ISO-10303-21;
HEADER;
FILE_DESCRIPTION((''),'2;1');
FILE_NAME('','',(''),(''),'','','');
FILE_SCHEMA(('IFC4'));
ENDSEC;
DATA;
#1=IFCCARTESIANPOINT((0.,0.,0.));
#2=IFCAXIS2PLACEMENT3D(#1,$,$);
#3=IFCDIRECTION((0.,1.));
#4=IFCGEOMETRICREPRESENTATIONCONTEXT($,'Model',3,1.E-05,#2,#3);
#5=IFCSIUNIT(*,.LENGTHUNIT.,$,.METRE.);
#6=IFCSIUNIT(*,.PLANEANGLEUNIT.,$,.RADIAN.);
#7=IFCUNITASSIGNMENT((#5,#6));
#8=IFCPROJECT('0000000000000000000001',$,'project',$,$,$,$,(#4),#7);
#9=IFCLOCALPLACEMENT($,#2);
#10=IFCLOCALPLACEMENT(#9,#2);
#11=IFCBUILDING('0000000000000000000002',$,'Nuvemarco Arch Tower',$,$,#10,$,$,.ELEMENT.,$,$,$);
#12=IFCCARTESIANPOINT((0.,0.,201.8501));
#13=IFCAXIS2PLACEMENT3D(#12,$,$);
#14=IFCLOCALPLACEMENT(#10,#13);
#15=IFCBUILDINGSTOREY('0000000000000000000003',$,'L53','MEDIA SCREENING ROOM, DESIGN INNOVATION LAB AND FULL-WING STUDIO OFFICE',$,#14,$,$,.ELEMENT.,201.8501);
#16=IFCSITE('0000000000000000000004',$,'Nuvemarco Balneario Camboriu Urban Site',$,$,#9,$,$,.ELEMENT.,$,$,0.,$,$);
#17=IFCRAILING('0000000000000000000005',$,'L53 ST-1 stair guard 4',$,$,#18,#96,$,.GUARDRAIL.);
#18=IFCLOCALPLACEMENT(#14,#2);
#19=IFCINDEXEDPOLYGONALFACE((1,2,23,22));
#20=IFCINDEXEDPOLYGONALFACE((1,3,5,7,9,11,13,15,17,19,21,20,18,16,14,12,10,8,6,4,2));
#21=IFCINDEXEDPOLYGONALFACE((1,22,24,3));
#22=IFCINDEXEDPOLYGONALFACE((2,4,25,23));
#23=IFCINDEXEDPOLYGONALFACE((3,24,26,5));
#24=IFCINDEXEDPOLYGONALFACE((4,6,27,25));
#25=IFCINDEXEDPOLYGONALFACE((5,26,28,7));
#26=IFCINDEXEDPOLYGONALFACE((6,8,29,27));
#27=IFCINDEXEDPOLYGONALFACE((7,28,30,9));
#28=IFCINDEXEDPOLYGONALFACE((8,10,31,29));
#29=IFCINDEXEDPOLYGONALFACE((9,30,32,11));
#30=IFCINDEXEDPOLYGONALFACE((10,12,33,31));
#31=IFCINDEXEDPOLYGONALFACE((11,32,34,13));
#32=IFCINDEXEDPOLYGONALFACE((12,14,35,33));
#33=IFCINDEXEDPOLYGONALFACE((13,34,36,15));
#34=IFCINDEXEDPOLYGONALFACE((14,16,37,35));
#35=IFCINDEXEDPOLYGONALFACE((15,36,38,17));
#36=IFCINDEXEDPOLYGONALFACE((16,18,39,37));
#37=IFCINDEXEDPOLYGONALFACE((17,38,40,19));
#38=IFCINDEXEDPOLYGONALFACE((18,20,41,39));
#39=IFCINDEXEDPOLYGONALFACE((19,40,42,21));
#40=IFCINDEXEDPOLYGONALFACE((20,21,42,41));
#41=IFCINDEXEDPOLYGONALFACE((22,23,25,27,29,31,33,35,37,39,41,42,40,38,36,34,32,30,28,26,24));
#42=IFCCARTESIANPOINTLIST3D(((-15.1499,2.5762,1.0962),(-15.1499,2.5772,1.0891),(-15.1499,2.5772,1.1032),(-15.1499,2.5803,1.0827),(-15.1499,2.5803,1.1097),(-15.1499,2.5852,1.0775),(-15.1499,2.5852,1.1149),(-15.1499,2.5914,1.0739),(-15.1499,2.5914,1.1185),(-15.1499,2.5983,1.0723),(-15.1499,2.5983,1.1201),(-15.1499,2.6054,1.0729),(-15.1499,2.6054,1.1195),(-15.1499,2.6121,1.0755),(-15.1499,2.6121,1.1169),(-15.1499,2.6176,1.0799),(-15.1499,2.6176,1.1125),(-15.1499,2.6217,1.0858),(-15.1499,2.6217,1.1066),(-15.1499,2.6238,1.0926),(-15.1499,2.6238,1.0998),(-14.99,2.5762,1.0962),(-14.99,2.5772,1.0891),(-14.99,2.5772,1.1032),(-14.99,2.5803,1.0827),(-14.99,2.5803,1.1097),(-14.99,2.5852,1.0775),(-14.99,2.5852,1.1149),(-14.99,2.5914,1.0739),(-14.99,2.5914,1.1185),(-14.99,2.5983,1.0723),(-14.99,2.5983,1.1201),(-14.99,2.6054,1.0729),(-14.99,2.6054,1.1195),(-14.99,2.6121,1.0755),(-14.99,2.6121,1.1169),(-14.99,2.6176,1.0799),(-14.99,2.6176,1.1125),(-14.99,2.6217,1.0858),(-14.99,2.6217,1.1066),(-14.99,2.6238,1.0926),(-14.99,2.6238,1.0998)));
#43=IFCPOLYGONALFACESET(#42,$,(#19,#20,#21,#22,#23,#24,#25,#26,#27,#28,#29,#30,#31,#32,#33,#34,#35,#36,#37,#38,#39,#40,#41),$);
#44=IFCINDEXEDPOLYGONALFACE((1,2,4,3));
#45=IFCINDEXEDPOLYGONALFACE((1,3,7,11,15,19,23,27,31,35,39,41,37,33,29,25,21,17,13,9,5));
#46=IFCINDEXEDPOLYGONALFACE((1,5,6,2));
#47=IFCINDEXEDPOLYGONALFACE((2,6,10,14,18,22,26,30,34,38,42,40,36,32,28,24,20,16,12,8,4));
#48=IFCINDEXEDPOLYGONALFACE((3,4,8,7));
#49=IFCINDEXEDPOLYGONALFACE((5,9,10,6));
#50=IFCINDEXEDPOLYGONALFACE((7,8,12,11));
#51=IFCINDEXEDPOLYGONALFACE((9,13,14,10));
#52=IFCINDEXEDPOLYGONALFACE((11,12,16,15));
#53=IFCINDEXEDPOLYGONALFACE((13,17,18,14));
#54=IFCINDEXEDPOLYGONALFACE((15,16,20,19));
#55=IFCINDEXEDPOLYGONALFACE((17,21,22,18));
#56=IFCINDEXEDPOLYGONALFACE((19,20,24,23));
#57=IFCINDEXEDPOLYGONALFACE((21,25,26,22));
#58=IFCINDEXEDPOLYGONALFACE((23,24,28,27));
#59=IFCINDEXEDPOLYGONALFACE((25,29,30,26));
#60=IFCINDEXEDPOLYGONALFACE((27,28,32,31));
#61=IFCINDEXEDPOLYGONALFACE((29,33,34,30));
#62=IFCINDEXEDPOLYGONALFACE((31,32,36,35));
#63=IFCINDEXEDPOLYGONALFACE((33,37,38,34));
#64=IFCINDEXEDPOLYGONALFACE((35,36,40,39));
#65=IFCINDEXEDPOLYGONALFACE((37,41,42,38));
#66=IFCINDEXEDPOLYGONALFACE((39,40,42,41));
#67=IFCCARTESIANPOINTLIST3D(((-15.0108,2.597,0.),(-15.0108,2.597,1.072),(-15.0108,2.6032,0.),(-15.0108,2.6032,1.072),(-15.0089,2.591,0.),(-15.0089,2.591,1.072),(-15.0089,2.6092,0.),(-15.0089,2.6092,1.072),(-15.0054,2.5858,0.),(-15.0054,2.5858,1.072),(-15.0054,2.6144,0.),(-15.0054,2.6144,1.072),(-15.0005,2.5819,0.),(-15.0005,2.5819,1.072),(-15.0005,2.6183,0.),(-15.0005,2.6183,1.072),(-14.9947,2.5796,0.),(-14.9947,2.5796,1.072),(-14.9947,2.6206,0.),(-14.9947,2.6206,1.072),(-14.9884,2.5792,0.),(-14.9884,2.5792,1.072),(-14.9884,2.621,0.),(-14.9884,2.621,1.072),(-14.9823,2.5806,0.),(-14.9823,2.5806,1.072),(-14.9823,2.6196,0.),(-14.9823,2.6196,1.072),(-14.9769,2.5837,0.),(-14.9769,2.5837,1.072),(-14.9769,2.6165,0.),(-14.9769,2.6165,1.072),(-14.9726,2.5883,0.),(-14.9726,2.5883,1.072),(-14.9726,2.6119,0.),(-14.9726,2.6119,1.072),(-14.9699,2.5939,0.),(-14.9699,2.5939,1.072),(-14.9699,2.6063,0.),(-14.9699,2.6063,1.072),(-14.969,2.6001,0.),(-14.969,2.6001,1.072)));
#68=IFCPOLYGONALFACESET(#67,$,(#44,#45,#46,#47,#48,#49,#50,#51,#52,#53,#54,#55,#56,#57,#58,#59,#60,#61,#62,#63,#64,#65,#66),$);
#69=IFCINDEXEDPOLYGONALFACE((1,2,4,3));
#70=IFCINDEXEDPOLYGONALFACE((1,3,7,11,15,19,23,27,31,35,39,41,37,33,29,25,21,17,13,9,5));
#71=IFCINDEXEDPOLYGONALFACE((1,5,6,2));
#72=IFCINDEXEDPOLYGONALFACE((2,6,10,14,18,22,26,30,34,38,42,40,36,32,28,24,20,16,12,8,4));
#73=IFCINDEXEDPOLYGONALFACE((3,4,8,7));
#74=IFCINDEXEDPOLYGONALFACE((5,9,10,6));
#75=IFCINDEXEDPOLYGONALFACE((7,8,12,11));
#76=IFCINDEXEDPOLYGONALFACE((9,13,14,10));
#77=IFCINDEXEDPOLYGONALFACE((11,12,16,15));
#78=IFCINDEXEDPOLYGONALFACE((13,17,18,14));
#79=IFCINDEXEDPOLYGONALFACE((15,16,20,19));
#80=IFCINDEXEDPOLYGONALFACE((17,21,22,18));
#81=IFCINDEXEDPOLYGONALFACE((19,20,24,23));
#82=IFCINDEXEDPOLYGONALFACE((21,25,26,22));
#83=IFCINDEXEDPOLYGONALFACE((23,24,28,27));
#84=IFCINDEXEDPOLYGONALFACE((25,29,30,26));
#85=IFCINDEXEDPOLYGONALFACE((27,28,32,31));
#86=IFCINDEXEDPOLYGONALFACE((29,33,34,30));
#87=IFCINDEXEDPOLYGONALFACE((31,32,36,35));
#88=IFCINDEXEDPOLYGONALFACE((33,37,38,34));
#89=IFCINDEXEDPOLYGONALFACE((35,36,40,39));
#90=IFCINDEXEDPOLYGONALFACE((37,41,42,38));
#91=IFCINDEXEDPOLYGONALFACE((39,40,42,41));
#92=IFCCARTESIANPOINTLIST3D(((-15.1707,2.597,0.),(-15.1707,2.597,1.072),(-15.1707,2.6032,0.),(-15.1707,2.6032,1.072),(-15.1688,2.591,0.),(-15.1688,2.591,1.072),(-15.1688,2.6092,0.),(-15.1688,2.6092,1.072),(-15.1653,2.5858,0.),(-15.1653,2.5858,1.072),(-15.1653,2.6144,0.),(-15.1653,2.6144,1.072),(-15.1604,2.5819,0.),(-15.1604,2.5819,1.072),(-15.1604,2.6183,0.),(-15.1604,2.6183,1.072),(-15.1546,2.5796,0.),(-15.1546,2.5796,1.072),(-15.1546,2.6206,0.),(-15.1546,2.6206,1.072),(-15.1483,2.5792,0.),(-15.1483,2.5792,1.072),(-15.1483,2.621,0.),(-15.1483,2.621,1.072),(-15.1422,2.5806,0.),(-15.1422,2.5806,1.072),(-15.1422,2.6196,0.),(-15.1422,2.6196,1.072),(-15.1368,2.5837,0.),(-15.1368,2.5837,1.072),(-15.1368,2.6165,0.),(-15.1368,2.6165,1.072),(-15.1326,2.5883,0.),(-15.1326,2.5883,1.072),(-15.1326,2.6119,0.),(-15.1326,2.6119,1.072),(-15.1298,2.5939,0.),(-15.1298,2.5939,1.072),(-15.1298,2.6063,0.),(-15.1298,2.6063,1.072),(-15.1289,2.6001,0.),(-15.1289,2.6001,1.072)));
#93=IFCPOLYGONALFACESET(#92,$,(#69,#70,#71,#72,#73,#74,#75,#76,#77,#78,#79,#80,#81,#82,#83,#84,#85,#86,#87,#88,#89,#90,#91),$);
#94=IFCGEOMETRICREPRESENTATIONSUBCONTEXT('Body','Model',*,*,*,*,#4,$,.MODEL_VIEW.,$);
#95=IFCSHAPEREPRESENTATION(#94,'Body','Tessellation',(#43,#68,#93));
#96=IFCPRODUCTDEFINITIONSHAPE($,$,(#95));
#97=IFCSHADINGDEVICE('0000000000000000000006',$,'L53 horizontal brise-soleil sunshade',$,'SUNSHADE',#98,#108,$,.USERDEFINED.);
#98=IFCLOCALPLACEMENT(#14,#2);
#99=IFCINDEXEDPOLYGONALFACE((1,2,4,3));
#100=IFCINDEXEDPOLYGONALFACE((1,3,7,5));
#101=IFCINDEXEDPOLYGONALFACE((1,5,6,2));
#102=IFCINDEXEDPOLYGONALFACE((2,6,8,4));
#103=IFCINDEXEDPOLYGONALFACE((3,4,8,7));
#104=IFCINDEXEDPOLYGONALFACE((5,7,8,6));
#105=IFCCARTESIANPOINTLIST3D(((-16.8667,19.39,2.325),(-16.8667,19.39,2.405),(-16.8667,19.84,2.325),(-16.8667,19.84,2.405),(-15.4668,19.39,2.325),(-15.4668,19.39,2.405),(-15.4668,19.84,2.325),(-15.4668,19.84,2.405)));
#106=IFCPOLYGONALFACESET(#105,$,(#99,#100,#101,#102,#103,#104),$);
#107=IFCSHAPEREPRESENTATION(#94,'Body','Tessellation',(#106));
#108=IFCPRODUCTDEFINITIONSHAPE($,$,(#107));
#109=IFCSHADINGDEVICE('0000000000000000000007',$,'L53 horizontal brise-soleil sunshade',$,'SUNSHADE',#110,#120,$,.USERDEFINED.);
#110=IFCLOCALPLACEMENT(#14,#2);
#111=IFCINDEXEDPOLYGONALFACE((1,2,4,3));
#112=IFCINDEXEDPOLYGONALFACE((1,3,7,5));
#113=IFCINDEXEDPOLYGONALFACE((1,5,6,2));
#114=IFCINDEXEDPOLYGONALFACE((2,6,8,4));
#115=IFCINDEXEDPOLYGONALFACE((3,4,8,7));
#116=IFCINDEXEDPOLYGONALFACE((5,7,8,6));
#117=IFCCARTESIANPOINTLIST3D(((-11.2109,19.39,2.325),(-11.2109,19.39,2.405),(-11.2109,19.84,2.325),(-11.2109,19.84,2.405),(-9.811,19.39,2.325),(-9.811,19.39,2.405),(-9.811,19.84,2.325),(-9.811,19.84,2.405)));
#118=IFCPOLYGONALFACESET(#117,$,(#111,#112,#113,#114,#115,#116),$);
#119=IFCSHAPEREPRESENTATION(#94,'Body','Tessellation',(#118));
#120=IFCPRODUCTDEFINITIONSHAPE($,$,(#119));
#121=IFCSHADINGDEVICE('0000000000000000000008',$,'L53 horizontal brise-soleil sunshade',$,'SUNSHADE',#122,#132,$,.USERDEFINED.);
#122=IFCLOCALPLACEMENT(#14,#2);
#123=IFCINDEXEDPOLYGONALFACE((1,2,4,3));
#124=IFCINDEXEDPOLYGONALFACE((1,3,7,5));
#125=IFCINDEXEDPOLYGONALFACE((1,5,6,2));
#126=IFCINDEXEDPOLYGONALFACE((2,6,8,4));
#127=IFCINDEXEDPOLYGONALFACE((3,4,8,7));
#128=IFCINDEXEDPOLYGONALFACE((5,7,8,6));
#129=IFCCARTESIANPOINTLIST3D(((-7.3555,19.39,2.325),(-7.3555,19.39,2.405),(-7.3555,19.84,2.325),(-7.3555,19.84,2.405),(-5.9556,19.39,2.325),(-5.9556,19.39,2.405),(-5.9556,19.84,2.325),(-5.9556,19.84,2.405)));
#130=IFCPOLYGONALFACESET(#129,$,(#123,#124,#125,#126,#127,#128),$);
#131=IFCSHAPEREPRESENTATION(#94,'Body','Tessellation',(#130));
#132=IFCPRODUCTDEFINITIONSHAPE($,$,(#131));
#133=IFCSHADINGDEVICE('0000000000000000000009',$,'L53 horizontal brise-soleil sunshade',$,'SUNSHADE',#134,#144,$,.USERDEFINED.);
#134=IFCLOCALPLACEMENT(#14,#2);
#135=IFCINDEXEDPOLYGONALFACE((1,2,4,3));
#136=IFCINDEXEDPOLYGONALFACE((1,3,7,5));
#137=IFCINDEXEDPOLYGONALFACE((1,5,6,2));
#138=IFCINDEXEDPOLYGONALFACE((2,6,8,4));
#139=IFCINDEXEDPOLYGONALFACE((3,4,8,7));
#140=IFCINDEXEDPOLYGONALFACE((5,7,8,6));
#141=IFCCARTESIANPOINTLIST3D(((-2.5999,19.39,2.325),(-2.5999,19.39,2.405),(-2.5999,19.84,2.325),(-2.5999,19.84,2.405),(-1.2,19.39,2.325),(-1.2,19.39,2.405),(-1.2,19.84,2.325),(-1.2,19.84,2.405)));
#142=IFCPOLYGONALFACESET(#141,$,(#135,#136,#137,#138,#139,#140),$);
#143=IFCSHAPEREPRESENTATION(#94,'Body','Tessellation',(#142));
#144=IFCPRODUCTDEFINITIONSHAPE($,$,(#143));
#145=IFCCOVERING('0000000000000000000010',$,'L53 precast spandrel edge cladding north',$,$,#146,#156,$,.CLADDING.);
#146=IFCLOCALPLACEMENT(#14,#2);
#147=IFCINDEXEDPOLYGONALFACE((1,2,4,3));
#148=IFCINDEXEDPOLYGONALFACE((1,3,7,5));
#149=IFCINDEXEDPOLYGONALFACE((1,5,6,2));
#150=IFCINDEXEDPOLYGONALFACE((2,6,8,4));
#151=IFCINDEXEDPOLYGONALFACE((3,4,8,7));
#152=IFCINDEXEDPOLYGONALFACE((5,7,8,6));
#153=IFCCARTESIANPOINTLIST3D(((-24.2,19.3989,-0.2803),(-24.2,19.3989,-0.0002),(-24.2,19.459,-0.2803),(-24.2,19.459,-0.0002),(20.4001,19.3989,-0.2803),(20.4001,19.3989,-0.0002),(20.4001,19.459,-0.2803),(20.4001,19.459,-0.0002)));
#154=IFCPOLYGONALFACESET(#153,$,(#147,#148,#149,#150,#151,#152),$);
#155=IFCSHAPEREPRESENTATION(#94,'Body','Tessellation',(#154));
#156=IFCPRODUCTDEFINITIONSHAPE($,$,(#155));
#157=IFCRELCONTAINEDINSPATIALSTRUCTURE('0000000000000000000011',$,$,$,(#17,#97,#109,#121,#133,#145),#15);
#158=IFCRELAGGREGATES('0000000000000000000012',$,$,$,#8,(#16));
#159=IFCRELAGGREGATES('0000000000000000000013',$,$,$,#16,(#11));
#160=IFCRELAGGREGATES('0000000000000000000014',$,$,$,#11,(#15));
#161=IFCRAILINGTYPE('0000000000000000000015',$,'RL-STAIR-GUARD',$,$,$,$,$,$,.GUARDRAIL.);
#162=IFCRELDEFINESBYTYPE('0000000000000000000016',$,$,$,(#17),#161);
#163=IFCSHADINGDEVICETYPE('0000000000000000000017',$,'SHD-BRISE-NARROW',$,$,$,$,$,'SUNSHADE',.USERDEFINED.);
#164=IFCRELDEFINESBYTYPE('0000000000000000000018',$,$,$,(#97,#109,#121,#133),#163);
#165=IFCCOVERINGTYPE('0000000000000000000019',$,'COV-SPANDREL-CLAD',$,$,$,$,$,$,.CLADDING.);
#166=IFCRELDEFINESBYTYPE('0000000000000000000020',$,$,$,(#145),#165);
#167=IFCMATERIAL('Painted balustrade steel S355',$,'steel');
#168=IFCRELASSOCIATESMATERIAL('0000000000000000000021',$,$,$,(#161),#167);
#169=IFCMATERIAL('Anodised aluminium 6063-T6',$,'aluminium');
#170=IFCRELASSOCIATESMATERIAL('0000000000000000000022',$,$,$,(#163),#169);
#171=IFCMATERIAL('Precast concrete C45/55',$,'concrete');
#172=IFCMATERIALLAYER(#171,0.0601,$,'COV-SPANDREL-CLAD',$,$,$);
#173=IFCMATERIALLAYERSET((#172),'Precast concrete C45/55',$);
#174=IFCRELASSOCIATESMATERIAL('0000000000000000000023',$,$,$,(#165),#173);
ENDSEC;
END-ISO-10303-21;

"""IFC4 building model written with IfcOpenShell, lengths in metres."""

from ifc_helpers import new_model, si_unit, direction, frame, origin, origin_2d, place, context, subcontext, project, spatial, rectangle, circle, extrude, source, transform, mapped, material, layer, layer_set, type_object, type_shapes, element, save


model = new_model("IFC4")

# Units and contexts
model_context = context("Model", 3, precision=1e-05, world=origin(), true_north=direction((0.0, 1.0)))
body_context = subcontext(model_context, "Body", "Model", "MODEL_VIEW")
ifc_project = project(units=[si_unit("LENGTHUNIT", "METRE"), si_unit("PLANEANGLEUNIT", "RADIAN")], contexts=[model_context])

# Site, building, storey
site_placement = place(None, origin())
site = spatial("IfcSite", under=ifc_project, at=site_placement, Name="Nuvemarco Balneario Camboriu Urban Site", CompositionType="ELEMENT", RefElevation=0.0)
building_placement = place(site_placement, origin())
building = spatial("IfcBuilding", under=site, at=building_placement, Name="Nuvemarco Arch Tower", CompositionType="ELEMENT")
storey_placement = place(building_placement, frame((0.0, 0.0, 201.8501)))
storey = spatial("IfcBuildingStorey", under=building, at=storey_placement, Name="L53", Description="MEDIA SCREENING ROOM, DESIGN INNOVATION LAB AND FULL-WING STUDIO OFFICE", CompositionType="ELEMENT", Elevation=201.8501)

# Shared definitions
ifc_material_1 = material(Name="Precast concrete C45/55", Category="concrete")

# Railing
ifc_material_2 = material(Name="Painted balustrade steel S355", Category="steel")
railing_type_1 = type_object("IfcRailingType", Name="RL-STAIR-GUARD", PredefinedType="GUARDRAIL", material=ifc_material_2)
railing_1_placement = place(storey_placement, frame((-14.99, 2.6001, 0.0)))
element("IfcRailing", 1, at=railing_1_placement, inside=storey, type_object=railing_type_1, Name="L53 ST-1 stair guard 4", PredefinedType="GUARDRAIL", context=body_context, shape_type="SweptSolid", body=[
    extrude(circle(Radius=0.0239, at=origin_2d()), frame((0.0, 0.0, 1.0962), z_axis=(-1.0, 0.0, 0.0), x_axis=(0.0, -1.0, 0.0)), (0.0, 0.0, 1.0), 0.1599),
    extrude(circle(Radius=0.021, at=origin_2d()), origin(), (0.0, 0.0, 1.0), 1.072),
    extrude(circle(Radius=0.021, at=origin_2d()), frame((-0.1599, 0.0, 0.0)), (0.0, 0.0, 1.0), 1.072),
])

# Shading devices
ifc_material_3 = material(Name="Anodised aluminium 6063-T6", Category="aluminium")
shading_device_type = type_object("IfcShadingDeviceType", Name="SHD-BRISE-NARROW", ElementType="SUNSHADE", PredefinedType="USERDEFINED", material=ifc_material_3)
shared_shape_1 = source(origin(), body_context, "Body", "SweptSolid", [
    extrude(rectangle(XDim=1.3999, YDim=0.45, at=origin_2d()), origin(), (0.0, 0.0, 1.0), 0.0801),
])
type_shapes(shading_device_type, [shared_shape_1])
for number, where, z_axis, x_axis, name in (
    (2, (-16.1667, 19.615, 2.325), (0.0, 0.0, 1.0), (1.0, 0.0, 0.0), "L53 horizontal brise-soleil sunshade"),
    (3, (-10.511, 19.615, 2.325), (0.0, 0.0, 1.0), (1.0, 0.0, 0.0), "L53 horizontal brise-soleil sunshade"),
    (4, (-6.6555, 19.615, 2.325), (0.0, 0.0, 1.0), (1.0, 0.0, 0.0), "L53 horizontal brise-soleil sunshade"),
    (5, (-1.8999, 19.615, 2.325), (0.0, 0.0, 1.0), (1.0, 0.0, 0.0), "L53 horizontal brise-soleil sunshade"),
):
    element("IfcShadingDevice", number, at=place(storey_placement, frame(where, z_axis=z_axis, x_axis=x_axis)), inside=storey, type_object=shading_device_type, Name=name, ObjectType="SUNSHADE", PredefinedType="USERDEFINED", context=body_context, shape_type="MappedRepresentation", body=[
        mapped(shared_shape_1, transform((0.0, 0.0, 0.0), scale=1.0)),
    ])

# Covering
ifc_layer_1 = layer(ifc_material_1, 0.0601, Name="COV-SPANDREL-CLAD")
ifc_layer_set_1 = layer_set([ifc_layer_1], Name="Precast concrete C45/55")
covering_type = type_object("IfcCoveringType", Name="COV-SPANDREL-CLAD", PredefinedType="CLADDING", material=ifc_layer_set_1)
shared_shape_2 = source(origin(), body_context, "Body", "SweptSolid", [
    extrude(rectangle(XDim=44.6001, YDim=0.0601, at=origin_2d()), origin(), (0.0, 0.0, 1.0), 0.28),
])
type_shapes(covering_type, [shared_shape_2])
covering_placement = place(storey_placement, frame((-1.8999, 19.429, -0.2803), z_axis=(0.0, 0.0, 1.0), x_axis=(1.0, 0.0, 0.0)))
element("IfcCovering", 6, at=covering_placement, inside=storey, type_object=covering_type, Name="L53 precast spandrel edge cladding north", PredefinedType="CLADDING", context=body_context, shape_type="MappedRepresentation", body=[
    mapped(shared_shape_2, transform((0.0, 0.0, 0.0), scale=1.0)),
])

save(model, "model.ifc")
